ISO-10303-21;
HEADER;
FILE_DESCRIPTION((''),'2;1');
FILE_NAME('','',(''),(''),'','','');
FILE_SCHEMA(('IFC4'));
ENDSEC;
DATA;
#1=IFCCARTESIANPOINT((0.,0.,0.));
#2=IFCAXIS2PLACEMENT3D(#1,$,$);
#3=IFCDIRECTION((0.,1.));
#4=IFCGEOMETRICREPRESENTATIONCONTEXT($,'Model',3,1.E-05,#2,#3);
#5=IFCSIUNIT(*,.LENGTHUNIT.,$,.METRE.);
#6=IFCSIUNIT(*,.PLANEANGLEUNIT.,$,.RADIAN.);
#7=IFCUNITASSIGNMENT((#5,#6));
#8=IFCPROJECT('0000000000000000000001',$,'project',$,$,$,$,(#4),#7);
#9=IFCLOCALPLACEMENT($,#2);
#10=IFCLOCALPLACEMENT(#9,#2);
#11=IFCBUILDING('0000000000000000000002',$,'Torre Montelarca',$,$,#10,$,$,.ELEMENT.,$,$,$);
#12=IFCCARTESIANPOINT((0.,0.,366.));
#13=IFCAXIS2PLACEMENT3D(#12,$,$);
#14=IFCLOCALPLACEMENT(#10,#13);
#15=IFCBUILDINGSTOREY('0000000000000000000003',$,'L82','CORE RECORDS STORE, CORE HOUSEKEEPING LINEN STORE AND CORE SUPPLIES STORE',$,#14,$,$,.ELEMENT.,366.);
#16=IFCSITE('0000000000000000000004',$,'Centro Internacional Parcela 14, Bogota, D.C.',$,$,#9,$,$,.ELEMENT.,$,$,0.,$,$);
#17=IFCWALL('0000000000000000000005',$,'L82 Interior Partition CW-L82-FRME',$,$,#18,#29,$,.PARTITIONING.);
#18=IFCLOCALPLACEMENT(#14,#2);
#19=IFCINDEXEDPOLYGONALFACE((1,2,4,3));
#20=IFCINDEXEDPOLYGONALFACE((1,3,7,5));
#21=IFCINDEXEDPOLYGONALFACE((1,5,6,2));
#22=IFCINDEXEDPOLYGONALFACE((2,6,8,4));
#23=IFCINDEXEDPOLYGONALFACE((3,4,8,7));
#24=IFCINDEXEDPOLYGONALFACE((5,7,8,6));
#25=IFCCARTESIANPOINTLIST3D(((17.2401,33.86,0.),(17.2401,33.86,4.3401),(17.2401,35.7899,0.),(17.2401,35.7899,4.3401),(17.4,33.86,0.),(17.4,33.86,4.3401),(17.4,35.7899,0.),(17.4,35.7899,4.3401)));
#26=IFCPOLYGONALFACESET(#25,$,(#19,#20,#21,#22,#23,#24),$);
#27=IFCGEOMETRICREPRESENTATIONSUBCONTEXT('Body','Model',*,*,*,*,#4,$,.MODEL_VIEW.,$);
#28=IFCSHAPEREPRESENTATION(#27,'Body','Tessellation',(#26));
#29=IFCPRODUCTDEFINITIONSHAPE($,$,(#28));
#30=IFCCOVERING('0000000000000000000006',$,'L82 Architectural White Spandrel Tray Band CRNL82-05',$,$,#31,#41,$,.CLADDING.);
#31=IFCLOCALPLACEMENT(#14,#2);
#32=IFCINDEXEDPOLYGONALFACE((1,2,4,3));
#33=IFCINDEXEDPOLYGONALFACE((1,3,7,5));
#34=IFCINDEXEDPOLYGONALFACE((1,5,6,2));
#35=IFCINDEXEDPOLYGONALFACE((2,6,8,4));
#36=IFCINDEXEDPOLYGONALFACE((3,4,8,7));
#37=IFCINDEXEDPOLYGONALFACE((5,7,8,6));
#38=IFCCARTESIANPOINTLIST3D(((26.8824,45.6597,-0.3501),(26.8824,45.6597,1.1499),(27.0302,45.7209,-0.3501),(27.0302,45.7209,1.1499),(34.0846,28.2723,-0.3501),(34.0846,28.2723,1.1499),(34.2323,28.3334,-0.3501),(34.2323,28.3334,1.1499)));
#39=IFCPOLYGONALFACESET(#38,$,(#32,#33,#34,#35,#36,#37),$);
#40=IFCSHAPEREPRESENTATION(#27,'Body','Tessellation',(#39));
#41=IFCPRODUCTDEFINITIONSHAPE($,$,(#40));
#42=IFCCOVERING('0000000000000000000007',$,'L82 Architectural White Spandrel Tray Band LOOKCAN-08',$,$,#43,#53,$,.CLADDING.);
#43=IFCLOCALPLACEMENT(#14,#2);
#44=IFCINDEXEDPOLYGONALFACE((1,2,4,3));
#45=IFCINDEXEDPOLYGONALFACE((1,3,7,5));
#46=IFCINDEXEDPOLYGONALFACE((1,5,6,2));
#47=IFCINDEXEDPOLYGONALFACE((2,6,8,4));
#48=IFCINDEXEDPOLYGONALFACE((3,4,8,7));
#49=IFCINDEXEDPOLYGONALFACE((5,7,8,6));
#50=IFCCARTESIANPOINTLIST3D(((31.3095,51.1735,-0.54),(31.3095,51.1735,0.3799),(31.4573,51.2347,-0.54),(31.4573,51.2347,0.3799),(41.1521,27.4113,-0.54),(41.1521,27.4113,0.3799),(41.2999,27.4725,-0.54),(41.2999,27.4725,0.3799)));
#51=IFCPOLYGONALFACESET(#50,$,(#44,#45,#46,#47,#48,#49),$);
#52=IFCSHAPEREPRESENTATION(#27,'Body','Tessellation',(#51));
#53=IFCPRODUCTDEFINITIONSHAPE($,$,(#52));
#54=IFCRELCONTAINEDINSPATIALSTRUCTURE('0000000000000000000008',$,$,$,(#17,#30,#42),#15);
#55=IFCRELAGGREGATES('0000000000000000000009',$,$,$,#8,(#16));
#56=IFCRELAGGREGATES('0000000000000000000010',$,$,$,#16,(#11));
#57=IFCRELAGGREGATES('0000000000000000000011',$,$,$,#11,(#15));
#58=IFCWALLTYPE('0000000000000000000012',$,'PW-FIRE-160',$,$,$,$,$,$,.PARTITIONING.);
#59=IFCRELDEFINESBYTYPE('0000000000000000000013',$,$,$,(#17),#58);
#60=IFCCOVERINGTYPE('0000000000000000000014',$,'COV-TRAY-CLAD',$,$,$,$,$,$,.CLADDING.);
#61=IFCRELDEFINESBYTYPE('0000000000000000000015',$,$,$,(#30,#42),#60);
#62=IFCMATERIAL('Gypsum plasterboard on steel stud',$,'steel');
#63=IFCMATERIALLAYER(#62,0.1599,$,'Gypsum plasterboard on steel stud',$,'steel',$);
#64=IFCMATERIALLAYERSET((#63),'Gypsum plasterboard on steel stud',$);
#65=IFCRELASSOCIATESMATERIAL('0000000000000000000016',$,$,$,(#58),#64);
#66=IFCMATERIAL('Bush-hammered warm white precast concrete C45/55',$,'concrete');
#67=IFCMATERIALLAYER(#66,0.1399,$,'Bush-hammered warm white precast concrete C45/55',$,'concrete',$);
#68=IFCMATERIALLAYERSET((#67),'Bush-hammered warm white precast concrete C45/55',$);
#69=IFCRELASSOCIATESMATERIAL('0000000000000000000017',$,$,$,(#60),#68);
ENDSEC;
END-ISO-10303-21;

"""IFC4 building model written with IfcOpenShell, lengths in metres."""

from ifc_helpers import new_model, si_unit, direction, frame, frame_2d, origin, origin_2d, place, context, subcontext, project, spatial, rectangle, extrude, source, transform, mapped, material, layer, layer_set, type_object, element, save


model = new_model("IFC4")

# Units and contexts
model_context = context("Model", 3, precision=1e-05, world=origin(), true_north=direction((0.0, 1.0)))
body_context = subcontext(model_context, "Body", "Model", "MODEL_VIEW")
ifc_project = project(units=[si_unit("LENGTHUNIT", "METRE"), si_unit("PLANEANGLEUNIT", "RADIAN")], contexts=[model_context])

# Site, building, storey
site_placement = place(None, origin())
site = spatial("IfcSite", under=ifc_project, at=site_placement, Name="Centro Internacional Parcela 14, Bogota, D.C.", CompositionType="ELEMENT", RefElevation=0.0)
building_placement = place(site_placement, origin())
building = spatial("IfcBuilding", under=site, at=building_placement, Name="Torre Montelarca", CompositionType="ELEMENT")
storey_placement = place(building_placement, frame((0.0, 0.0, 366.0)))
storey = spatial("IfcBuildingStorey", under=building, at=storey_placement, Name="L82", Description="CORE RECORDS STORE, CORE HOUSEKEEPING LINEN STORE AND CORE SUPPLIES STORE", CompositionType="ELEMENT", Elevation=366.0)

# Wall
ifc_material_1 = material(Name="Gypsum plasterboard on steel stud", Category="steel")
ifc_layer_1 = layer(ifc_material_1, 0.1599, Name="Gypsum plasterboard on steel stud", Category="steel")
ifc_layer_set_1 = layer_set([ifc_layer_1], Name="Gypsum plasterboard on steel stud")
wall_type_1 = type_object("IfcWallType", Name="PW-FIRE-160", PredefinedType="PARTITIONING", material=ifc_layer_set_1)
wall_1_placement = place(storey_placement, frame((17.3201, 33.8601, 0.0), z_axis=(0.0, 0.0, 1.0), x_axis=(0.0, 1.0, 0.0)))
element("IfcWall", 1, at=wall_1_placement, inside=storey, type_object=wall_type_1, Name="L82 Interior Partition CW-L82-FRME", PredefinedType="PARTITIONING", context=body_context, shape_type="SweptSolid", body=[
    extrude(rectangle(XDim=1.9299, YDim=0.1599, at=frame_2d((0.9648, 0.0))), origin(), (0.0, 0.0, 1.0), 4.3401),
])

# Coverings
ifc_material_2 = material(Name="Bush-hammered warm white precast concrete C45/55", Category="concrete")
ifc_layer_2 = layer(ifc_material_2, 0.1399, Name="Bush-hammered warm white precast concrete C45/55", Category="concrete")
ifc_layer_set_2 = layer_set([ifc_layer_2], Name="Bush-hammered warm white precast concrete C45/55")
covering_type = type_object("IfcCoveringType", Name="COV-TRAY-CLAD", PredefinedType="CLADDING", material=ifc_layer_set_2)
shared_shape_1 = source(origin(), body_context, "Body", "SweptSolid", [
    extrude(rectangle(XDim=18.8201, YDim=0.1599, at=origin_2d()), origin(), (0.0, 0.0, 1.0), 1.5),
])
covering_1_placement = place(storey_placement, frame((30.5574, 36.9966, -0.3501), z_axis=(0.0, 0.0, 1.0), x_axis=(-0.382685, 0.923879, 0.0)))
element("IfcCovering", 2, at=covering_1_placement, inside=storey, type_object=covering_type, Name="L82 Architectural White Spandrel Tray Band CRNL82-05", PredefinedType="CLADDING", context=body_context, shape_type="MappedRepresentation", body=[
    mapped(shared_shape_1, transform((0.0, 0.0, 0.0), scale=1.0)),
])
shared_shape_2 = source(origin(), body_context, "Body", "SweptSolid", [
    extrude(rectangle(XDim=25.72, YDim=0.1599, at=origin_2d()), origin(), (0.0, 0.0, 1.0), 0.9199),
])
covering_2_placement = place(storey_placement, frame((36.3047, 39.323, -0.54), z_axis=(0.0, 0.0, 1.0), x_axis=(-0.382683, 0.92388, 0.0)))
element("IfcCovering", 3, at=covering_2_placement, inside=storey, type_object=covering_type, Name="L82 Architectural White Spandrel Tray Band LOOKCAN-08", PredefinedType="CLADDING", context=body_context, shape_type="MappedRepresentation", body=[
    mapped(shared_shape_2, transform((0.0, 0.0, 0.0), scale=1.0)),
])

save(model, "model.ifc")
